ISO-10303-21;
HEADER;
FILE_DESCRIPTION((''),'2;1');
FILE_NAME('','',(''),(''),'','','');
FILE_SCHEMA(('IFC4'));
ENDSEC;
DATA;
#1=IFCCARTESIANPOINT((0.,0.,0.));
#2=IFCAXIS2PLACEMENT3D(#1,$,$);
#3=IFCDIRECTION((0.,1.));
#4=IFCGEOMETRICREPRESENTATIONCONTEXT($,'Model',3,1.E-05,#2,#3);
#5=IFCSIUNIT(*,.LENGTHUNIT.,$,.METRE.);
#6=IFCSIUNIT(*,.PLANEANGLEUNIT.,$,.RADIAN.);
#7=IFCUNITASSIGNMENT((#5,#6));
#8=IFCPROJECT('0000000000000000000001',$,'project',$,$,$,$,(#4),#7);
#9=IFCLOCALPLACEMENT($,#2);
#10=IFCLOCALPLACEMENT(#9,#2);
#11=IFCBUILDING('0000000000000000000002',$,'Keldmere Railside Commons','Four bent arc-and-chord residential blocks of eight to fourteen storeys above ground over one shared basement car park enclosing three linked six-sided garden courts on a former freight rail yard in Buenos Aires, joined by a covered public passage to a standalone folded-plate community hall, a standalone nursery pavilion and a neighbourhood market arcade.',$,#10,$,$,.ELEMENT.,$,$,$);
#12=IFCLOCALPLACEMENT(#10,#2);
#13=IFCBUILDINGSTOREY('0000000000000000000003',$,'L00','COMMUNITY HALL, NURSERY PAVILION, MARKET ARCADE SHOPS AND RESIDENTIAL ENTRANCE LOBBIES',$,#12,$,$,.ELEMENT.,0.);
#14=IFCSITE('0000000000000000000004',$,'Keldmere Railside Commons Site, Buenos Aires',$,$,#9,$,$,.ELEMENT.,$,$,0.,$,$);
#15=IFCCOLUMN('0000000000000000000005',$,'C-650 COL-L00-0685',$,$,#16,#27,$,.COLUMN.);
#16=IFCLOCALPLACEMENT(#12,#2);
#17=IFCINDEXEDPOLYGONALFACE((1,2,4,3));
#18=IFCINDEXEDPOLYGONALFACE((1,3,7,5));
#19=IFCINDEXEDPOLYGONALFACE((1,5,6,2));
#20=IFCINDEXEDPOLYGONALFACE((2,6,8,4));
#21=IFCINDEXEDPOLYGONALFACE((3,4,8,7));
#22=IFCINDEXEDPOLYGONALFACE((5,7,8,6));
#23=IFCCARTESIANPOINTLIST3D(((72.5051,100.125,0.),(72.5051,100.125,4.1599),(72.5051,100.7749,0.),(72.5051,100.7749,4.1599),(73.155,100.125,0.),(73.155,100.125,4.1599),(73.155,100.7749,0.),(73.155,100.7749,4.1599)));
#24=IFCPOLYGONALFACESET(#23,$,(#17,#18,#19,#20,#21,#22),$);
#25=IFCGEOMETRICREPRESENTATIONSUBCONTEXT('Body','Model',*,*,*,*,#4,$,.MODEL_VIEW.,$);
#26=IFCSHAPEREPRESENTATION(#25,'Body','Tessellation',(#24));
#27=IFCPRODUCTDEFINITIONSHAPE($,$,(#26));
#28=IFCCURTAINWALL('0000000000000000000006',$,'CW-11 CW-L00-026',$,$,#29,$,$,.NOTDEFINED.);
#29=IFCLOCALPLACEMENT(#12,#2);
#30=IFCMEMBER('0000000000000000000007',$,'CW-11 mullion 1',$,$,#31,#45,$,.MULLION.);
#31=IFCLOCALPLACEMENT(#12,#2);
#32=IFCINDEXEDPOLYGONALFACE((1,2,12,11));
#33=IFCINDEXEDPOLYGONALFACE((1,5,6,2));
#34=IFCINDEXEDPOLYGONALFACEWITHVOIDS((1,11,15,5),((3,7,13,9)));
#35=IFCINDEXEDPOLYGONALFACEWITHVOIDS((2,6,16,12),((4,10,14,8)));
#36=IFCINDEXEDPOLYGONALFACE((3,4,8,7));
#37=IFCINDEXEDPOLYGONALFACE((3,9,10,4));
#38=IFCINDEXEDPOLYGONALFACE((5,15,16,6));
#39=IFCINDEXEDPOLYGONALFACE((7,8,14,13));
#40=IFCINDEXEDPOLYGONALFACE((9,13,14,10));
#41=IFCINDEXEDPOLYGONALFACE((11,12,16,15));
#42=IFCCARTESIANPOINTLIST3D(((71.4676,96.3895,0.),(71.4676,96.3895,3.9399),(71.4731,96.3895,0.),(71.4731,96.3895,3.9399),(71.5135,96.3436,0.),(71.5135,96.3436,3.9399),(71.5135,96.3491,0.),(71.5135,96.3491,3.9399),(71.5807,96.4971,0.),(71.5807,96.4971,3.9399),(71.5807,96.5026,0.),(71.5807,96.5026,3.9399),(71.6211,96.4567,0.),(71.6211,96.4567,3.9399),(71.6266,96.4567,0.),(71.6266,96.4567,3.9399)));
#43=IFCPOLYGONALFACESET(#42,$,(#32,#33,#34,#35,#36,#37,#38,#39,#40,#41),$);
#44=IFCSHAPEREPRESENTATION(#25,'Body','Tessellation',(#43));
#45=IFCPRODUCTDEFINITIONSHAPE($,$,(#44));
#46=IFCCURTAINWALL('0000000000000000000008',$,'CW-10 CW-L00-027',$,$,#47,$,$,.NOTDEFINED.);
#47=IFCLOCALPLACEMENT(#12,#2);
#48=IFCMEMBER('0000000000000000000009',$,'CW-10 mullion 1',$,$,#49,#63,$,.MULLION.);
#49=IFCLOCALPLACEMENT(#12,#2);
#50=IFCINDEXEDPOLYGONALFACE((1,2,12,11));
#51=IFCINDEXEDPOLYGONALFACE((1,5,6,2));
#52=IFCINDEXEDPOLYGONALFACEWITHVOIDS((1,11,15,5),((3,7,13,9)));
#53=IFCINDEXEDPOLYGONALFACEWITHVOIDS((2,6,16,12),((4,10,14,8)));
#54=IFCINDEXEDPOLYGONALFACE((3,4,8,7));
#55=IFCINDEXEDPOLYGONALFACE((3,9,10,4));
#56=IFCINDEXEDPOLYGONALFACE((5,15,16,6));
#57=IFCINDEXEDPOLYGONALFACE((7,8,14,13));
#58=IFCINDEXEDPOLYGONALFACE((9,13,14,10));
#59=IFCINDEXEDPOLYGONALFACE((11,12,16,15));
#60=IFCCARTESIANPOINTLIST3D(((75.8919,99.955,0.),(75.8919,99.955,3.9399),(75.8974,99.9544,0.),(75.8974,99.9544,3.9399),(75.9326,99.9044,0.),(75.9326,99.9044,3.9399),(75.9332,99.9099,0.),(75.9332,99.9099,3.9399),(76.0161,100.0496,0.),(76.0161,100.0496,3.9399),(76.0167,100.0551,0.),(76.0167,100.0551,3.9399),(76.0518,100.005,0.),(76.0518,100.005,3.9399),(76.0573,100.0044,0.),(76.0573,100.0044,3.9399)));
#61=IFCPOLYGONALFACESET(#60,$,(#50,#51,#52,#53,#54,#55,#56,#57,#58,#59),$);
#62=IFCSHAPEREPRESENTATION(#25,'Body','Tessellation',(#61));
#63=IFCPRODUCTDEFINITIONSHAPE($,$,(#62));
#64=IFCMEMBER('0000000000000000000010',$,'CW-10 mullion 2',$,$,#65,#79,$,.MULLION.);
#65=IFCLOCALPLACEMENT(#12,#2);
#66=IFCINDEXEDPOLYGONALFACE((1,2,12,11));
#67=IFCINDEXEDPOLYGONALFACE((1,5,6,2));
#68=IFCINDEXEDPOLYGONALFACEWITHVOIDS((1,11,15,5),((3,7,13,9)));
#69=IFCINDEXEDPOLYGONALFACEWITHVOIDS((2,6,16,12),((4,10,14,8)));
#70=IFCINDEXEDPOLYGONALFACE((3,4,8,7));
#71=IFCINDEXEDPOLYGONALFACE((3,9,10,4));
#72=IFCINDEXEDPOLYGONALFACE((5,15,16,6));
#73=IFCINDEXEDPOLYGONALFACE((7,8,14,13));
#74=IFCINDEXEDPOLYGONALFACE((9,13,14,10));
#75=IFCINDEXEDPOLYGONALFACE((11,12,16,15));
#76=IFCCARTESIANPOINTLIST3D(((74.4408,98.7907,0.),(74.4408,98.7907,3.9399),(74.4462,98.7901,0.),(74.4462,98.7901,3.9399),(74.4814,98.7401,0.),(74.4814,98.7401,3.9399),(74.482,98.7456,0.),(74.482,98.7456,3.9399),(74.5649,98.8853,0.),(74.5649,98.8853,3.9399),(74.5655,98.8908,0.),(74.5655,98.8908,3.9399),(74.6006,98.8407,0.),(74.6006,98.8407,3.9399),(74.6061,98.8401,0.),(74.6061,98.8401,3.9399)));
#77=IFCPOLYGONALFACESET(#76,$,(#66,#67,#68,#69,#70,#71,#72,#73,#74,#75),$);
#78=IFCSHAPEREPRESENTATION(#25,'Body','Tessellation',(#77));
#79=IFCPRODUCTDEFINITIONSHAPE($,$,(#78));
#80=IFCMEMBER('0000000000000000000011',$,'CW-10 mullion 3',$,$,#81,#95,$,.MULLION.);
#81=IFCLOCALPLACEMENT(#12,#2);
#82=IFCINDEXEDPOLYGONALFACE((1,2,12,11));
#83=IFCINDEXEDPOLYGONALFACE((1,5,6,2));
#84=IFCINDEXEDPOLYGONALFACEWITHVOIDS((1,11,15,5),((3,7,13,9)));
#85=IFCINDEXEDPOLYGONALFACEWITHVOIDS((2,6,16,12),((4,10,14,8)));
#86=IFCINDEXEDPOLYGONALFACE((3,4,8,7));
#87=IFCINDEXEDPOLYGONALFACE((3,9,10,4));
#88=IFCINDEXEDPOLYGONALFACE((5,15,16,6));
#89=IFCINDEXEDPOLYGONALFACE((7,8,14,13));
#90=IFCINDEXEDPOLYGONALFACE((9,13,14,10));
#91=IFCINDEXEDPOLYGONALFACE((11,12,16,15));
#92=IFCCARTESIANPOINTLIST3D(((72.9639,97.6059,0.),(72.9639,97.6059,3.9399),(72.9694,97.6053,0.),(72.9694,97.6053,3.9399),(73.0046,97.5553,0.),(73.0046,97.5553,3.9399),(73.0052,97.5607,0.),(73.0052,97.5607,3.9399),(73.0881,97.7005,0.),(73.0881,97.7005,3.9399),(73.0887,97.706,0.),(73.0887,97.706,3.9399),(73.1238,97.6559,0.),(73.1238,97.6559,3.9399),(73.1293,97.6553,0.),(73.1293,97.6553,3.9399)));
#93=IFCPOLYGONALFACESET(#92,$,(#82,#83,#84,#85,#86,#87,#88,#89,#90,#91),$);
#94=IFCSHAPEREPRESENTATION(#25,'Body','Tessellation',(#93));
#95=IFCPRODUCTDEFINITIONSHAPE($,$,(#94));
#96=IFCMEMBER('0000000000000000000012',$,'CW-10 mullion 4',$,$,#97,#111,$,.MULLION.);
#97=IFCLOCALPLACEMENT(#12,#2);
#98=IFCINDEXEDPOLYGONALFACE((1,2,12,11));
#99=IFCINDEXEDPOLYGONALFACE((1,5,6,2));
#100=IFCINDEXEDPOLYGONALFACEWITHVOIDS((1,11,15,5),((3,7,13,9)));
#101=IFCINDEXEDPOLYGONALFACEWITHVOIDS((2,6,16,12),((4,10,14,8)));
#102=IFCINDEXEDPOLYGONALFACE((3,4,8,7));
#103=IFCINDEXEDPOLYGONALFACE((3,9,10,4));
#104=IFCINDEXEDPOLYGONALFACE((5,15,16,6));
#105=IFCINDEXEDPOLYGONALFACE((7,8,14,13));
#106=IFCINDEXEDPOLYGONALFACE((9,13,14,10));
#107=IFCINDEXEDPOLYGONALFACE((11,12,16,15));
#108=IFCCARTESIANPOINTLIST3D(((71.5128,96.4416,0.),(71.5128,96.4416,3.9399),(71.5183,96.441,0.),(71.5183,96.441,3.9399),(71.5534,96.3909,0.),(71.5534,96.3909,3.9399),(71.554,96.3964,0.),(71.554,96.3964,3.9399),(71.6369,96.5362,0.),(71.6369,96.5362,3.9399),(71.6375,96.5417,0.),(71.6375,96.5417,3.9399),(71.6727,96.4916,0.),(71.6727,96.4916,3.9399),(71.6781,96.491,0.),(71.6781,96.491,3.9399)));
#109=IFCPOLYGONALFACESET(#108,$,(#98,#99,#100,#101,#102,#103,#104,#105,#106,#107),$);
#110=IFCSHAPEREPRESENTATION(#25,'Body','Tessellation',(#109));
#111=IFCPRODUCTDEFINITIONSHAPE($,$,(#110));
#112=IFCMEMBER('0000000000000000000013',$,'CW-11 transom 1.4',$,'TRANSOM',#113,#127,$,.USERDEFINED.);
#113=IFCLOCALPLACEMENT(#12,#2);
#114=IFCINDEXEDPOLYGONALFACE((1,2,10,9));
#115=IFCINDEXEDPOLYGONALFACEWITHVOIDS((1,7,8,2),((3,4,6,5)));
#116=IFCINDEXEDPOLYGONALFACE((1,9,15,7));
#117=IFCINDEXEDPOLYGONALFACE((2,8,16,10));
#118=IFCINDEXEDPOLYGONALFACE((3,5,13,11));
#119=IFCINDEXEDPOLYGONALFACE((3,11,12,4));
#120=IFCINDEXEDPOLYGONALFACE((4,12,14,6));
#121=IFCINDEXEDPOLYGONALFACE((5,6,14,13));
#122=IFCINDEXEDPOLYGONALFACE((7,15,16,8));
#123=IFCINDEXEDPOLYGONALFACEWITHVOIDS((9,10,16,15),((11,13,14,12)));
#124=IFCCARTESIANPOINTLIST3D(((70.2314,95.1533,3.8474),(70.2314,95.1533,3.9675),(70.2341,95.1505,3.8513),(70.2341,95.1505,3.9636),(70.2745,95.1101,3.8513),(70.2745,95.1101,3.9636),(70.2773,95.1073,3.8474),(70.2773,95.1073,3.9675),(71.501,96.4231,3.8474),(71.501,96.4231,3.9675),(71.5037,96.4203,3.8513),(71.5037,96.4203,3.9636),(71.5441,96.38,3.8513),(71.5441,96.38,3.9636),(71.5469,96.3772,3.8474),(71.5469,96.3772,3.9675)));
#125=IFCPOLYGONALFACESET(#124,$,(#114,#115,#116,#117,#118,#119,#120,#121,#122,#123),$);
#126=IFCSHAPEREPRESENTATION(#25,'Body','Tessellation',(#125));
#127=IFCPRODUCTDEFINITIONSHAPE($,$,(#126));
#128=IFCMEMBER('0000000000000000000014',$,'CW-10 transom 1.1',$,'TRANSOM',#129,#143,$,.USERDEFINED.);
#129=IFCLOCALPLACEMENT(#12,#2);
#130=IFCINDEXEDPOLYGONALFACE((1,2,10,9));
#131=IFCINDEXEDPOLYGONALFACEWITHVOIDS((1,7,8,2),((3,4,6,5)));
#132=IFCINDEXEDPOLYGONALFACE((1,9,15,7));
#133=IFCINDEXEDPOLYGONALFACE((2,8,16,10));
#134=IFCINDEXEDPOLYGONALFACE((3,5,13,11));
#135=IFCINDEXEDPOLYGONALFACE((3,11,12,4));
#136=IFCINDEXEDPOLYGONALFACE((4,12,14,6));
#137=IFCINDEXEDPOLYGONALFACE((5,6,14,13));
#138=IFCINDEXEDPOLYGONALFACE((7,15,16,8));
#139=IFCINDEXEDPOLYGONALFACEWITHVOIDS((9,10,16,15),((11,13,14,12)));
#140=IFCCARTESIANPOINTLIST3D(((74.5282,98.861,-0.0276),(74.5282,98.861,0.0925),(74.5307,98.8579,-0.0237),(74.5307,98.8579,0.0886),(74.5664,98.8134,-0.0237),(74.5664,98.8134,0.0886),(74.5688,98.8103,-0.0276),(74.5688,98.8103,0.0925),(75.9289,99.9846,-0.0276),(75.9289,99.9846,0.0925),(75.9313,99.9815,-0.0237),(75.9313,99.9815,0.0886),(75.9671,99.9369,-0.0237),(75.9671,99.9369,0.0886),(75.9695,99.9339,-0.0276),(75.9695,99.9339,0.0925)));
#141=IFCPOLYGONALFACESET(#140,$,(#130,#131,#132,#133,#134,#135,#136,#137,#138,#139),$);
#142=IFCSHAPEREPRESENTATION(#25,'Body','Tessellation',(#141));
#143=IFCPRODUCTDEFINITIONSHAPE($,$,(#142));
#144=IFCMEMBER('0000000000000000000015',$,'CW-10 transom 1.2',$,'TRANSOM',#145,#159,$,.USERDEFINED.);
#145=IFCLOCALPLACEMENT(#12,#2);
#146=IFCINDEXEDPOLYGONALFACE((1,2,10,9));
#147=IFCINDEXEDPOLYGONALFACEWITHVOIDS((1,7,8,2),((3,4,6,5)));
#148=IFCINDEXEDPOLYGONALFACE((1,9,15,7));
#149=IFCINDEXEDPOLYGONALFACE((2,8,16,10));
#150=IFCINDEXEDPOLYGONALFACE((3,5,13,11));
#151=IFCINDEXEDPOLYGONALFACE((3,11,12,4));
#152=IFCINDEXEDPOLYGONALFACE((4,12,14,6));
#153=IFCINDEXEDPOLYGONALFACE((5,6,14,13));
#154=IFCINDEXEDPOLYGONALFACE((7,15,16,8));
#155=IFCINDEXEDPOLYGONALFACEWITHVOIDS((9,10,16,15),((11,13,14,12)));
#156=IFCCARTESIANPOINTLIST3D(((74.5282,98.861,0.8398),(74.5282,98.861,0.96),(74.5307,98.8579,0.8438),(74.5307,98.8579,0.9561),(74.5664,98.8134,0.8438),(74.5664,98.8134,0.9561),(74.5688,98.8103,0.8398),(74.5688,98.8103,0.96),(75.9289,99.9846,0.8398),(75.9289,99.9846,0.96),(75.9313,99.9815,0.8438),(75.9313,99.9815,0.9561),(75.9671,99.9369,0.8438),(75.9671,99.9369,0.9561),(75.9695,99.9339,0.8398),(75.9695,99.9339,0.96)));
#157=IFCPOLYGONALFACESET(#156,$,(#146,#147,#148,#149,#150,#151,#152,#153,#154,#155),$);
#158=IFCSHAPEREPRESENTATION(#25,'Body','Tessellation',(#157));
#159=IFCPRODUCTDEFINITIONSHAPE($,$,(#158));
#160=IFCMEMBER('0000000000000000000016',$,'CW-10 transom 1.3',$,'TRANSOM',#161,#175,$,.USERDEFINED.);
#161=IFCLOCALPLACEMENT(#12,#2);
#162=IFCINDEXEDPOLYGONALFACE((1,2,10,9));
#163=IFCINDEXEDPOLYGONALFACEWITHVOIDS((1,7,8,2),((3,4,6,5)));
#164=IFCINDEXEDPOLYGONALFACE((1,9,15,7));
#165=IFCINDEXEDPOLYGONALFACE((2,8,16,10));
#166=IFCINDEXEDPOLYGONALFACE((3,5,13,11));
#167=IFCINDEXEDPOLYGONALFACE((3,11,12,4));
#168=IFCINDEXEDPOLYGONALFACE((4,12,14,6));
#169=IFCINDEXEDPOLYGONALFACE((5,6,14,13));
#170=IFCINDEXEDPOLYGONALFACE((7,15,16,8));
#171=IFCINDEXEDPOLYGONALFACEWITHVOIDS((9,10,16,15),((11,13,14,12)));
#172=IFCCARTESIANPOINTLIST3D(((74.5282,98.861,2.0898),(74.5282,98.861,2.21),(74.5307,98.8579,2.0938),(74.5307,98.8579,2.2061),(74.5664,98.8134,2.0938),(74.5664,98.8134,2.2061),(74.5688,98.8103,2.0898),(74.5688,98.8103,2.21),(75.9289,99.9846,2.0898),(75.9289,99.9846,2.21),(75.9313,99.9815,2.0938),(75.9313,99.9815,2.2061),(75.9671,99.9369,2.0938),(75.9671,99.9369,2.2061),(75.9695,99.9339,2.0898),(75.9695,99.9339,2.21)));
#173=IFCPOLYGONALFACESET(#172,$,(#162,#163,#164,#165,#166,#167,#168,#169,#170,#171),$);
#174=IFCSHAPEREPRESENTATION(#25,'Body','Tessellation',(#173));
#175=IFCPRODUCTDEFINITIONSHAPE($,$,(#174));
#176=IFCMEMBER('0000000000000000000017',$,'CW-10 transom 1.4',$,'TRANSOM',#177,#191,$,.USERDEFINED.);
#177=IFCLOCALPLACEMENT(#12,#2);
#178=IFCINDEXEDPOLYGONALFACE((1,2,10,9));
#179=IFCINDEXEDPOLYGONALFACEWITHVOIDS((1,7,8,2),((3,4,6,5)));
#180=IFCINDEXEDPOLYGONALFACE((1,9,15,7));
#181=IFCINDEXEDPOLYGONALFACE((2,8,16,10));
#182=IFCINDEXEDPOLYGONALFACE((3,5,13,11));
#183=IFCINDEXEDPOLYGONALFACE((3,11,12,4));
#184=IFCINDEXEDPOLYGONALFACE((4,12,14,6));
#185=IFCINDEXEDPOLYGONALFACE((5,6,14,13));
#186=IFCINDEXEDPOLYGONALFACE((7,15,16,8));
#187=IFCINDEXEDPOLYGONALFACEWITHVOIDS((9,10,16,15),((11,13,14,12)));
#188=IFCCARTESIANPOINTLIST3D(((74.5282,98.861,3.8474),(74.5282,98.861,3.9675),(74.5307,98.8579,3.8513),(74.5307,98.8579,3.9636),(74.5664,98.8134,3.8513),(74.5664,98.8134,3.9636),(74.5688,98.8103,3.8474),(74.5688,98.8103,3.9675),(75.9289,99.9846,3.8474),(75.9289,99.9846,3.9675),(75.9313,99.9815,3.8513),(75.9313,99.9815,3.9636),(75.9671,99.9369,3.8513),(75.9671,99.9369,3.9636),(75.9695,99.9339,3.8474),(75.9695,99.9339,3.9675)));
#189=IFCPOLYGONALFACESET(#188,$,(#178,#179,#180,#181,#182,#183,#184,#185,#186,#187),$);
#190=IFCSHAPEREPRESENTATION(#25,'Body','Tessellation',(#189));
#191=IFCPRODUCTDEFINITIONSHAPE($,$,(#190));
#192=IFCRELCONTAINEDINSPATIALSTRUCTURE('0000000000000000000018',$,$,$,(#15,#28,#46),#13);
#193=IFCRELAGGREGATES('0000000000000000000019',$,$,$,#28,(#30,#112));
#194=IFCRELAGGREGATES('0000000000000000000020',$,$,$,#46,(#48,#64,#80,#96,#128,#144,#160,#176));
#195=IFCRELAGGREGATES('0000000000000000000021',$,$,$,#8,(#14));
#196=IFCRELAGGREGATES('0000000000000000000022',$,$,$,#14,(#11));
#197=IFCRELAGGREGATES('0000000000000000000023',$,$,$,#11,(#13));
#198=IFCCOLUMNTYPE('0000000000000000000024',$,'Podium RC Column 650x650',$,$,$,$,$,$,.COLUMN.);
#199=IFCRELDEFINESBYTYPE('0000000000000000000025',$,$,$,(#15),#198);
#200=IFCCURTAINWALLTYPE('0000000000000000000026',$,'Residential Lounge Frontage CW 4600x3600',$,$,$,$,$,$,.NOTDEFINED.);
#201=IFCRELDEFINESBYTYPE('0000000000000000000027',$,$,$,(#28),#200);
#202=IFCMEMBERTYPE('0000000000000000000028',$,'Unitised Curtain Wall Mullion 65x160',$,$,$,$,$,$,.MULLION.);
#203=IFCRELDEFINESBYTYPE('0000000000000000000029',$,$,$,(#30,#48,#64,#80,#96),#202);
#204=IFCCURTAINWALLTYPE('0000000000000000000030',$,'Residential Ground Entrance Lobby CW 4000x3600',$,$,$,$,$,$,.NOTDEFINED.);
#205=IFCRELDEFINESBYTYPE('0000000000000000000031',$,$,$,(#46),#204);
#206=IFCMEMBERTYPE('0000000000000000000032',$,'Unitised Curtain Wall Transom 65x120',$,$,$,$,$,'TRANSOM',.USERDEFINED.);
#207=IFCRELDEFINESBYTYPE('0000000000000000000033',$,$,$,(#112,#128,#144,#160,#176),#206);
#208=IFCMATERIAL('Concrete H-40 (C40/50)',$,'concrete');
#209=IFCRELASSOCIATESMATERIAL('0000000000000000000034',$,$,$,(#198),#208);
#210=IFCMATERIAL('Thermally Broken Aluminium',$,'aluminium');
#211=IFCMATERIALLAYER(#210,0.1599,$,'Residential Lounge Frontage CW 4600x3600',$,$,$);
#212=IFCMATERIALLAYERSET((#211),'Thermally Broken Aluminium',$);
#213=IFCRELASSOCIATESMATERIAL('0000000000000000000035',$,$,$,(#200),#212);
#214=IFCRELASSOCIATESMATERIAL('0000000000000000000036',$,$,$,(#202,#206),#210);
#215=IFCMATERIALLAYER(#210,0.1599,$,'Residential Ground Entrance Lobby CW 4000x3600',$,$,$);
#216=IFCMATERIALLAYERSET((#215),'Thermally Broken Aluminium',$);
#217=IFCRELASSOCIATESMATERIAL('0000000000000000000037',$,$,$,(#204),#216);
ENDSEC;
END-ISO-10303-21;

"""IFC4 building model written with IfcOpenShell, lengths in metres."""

from ifc_helpers import new_model, si_unit, direction, frame, origin, origin_2d, place, context, subcontext, project, spatial, rectangle, hollow_rectangle, extrude, material, layer, layer_set, material_profile, profile_set, type_object, element, aggregate, save


model = new_model("IFC4")

# Units and contexts
model_context = context("Model", 3, precision=1e-05, world=origin(), true_north=direction((0.0, 1.0)))
body_context = subcontext(model_context, "Body", "Model", "MODEL_VIEW")
ifc_project = project(units=[si_unit("LENGTHUNIT", "METRE"), si_unit("PLANEANGLEUNIT", "RADIAN")], contexts=[model_context])

# Site, building, storey
site_placement = place(None, origin())
site = spatial("IfcSite", under=ifc_project, at=site_placement, Name="Keldmere Railside Commons Site, Buenos Aires", CompositionType="ELEMENT", RefElevation=0.0)
building_placement = place(site_placement, origin())
building = spatial("IfcBuilding", under=site, at=building_placement, Name="Keldmere Railside Commons", Description="Four bent arc-and-chord residential blocks of eight to fourteen storeys above ground over one shared basement car park enclosing three linked six-sided garden courts on a former freight rail yard in Buenos Aires, joined by a covered public passage to a standalone folded-plate community hall, a standalone nursery pavilion and a neighbourhood market arcade.", CompositionType="ELEMENT")
storey_placement = place(building_placement, origin())
storey = spatial("IfcBuildingStorey", under=building, at=storey_placement, Name="L00", Description="COMMUNITY HALL, NURSERY PAVILION, MARKET ARCADE SHOPS AND RESIDENTIAL ENTRANCE LOBBIES", CompositionType="ELEMENT", Elevation=0.0)

# Column
ifc_material_1 = material(Name="Concrete H-40 (C40/50)", Category="concrete")
ifc_material_profile_1 = material_profile(ifc_material_1, rectangle(XDim=0.6499, YDim=0.6499, at=origin_2d()), Name="RC-650x650")
ifc_profile_set_1 = profile_set([ifc_material_profile_1], Name="Concrete H-40 (C40/50)")
column_type = type_object("IfcColumnType", Name="Podium RC Column 650x650", PredefinedType="COLUMN", material=ifc_profile_set_1)
column_placement = place(storey_placement, frame((72.8301, 100.45, 0.0), z_axis=(0.0, 0.0, 1.0), x_axis=(1.0, 0.0, 0.0)))
element("IfcColumn", 1, at=column_placement, inside=storey, type_object=column_type, Name="C-650 COL-L00-0685", PredefinedType="COLUMN", context=body_context, shape_type="SweptSolid", body=[
    extrude(rectangle(XDim=0.6499, YDim=0.6499, at=origin_2d()), origin(), (0.0, 0.0, 1.0), 4.1599),
])

# Curtain wall, member
ifc_material_2 = material(Name="Thermally Broken Aluminium", Category="aluminium")
ifc_layer_1 = layer(ifc_material_2, 0.1599, Name="Residential Lounge Frontage CW 4600x3600")
ifc_layer_set_1 = layer_set([ifc_layer_1], Name="Thermally Broken Aluminium")
curtain_wall_type_1 = type_object("IfcCurtainWallType", Name="Residential Lounge Frontage CW 4600x3600", PredefinedType="NOTDEFINED", material=ifc_layer_set_1)
curtain_wall_1_placement = place(storey_placement, origin())
curtain_wall_1 = element("IfcCurtainWall", 2, at=curtain_wall_1_placement, inside=storey, type_object=curtain_wall_type_1, Name="CW-11 CW-L00-026", PredefinedType="NOTDEFINED")
ifc_material_profile_2 = material_profile(ifc_material_2, hollow_rectangle(XDim=0.0649, YDim=0.1599, WallThickness=0.0039, at=origin_2d()), Name="ALU-MULL-65x160")
ifc_profile_set_2 = profile_set([ifc_material_profile_2], Name="Thermally Broken Aluminium")
member_type_1 = type_object("IfcMemberType", Name="Unitised Curtain Wall Mullion 65x160", PredefinedType="MULLION", material=ifc_profile_set_2)
member_1_placement = place(storey_placement, frame((71.5471, 96.4231, 0.0), z_axis=(0.0, 0.0, 1.0), x_axis=(0.707107, -0.707107, 0.0)))
member_1 = element("IfcMember", 3, at=member_1_placement, type_object=member_type_1, Name="CW-11 mullion 1", PredefinedType="MULLION", context=body_context, shape_type="SweptSolid", body=[
    extrude(hollow_rectangle(XDim=0.0649, YDim=0.1599, WallThickness=0.0039, at=origin_2d()), origin(), (0.0, 0.0, 1.0), 3.9399),
])

# Curtain wall, members
ifc_layer_2 = layer(ifc_material_2, 0.1599, Name="Residential Ground Entrance Lobby CW 4000x3600")
ifc_layer_set_2 = layer_set([ifc_layer_2], Name="Thermally Broken Aluminium")
curtain_wall_type_2 = type_object("IfcCurtainWallType", Name="Residential Ground Entrance Lobby CW 4000x3600", PredefinedType="NOTDEFINED", material=ifc_layer_set_2)
curtain_wall_2_placement = place(storey_placement, origin())
curtain_wall_2 = element("IfcCurtainWall", 4, at=curtain_wall_2_placement, inside=storey, type_object=curtain_wall_type_2, Name="CW-10 CW-L00-027", PredefinedType="NOTDEFINED")
member_2_placement = place(storey_placement, frame((75.9746, 99.9797, 0.0), z_axis=(0.0, 0.0, 1.0), x_axis=(0.625768, -0.780009, 0.0)))
member_2 = element("IfcMember", 5, at=member_2_placement, type_object=member_type_1, Name="CW-10 mullion 1", PredefinedType="MULLION", context=body_context, shape_type="SweptSolid", body=[
    extrude(hollow_rectangle(XDim=0.0649, YDim=0.1599, WallThickness=0.0039, at=origin_2d()), origin(), (0.0, 0.0, 1.0), 3.9399),
])
member_3_placement = place(storey_placement, frame((74.5234, 98.8154, 0.0), z_axis=(0.0, 0.0, 1.0), x_axis=(0.625768, -0.780009, 0.0)))
member_3 = element("IfcMember", 6, at=member_3_placement, type_object=member_type_1, Name="CW-10 mullion 2", PredefinedType="MULLION", context=body_context, shape_type="SweptSolid", body=[
    extrude(hollow_rectangle(XDim=0.0649, YDim=0.1599, WallThickness=0.0039, at=origin_2d()), origin(), (0.0, 0.0, 1.0), 3.9399),
])
member_4_placement = place(storey_placement, frame((73.0466, 97.6306, 0.0), z_axis=(0.0, 0.0, 1.0), x_axis=(0.625768, -0.780009, 0.0)))
member_4 = element("IfcMember", 7, at=member_4_placement, type_object=member_type_1, Name="CW-10 mullion 3", PredefinedType="MULLION", context=body_context, shape_type="SweptSolid", body=[
    extrude(hollow_rectangle(XDim=0.0649, YDim=0.1599, WallThickness=0.0039, at=origin_2d()), origin(), (0.0, 0.0, 1.0), 3.9399),
])
member_5_placement = place(storey_placement, frame((71.5955, 96.4663, 0.0), z_axis=(0.0, 0.0, 1.0), x_axis=(0.625768, -0.780009, 0.0)))
member_5 = element("IfcMember", 8, at=member_5_placement, type_object=member_type_1, Name="CW-10 mullion 4", PredefinedType="MULLION", context=body_context, shape_type="SweptSolid", body=[
    extrude(hollow_rectangle(XDim=0.0649, YDim=0.1599, WallThickness=0.0039, at=origin_2d()), origin(), (0.0, 0.0, 1.0), 3.9399),
])

# Members
ifc_material_profile_3 = material_profile(ifc_material_2, hollow_rectangle(XDim=0.0649, YDim=0.1201, WallThickness=0.0039, at=origin_2d()), Name="ALU-TRAN-65x120")
ifc_profile_set_3 = profile_set([ifc_material_profile_3], Name="Thermally Broken Aluminium")
member_type_2 = type_object("IfcMemberType", Name="Unitised Curtain Wall Transom 65x120", ElementType="TRANSOM", PredefinedType="USERDEFINED", material=ifc_profile_set_3)
member_6_placement = place(storey_placement, frame((71.5239, 96.4001, 3.9075), z_axis=(-0.707039, -0.707175, 0.0), x_axis=(0.707175, -0.707039, 0.0)))
member_6 = element("IfcMember", 9, at=member_6_placement, type_object=member_type_2, Name="CW-11 transom 1.4", ObjectType="TRANSOM", PredefinedType="USERDEFINED", context=body_context, shape_type="SweptSolid", body=[
    extrude(hollow_rectangle(XDim=0.0649, YDim=0.1201, WallThickness=0.0039, at=origin_2d()), origin(), (0.0, 0.0, 1.0), 1.7957),
])
aggregate(curtain_wall_1, [member_1, member_6])
member_7_placement = place(storey_placement, frame((75.9492, 99.9592, 0.0325), z_axis=(-0.780046, -0.625723, 0.0), x_axis=(0.625723, -0.780046, 0.0)))
member_7 = element("IfcMember", 10, at=member_7_placement, type_object=member_type_2, Name="CW-10 transom 1.1", ObjectType="TRANSOM", PredefinedType="USERDEFINED", context=body_context, shape_type="SweptSolid", body=[
    extrude(hollow_rectangle(XDim=0.0649, YDim=0.1201, WallThickness=0.0039, at=origin_2d()), origin(), (0.0, 0.0, 1.0), 1.7957),
])
member_8_placement = place(storey_placement, frame((75.9492, 99.9592, 0.8999), z_axis=(-0.780046, -0.625723, 0.0), x_axis=(0.625723, -0.780046, 0.0)))
member_8 = element("IfcMember", 11, at=member_8_placement, type_object=member_type_2, Name="CW-10 transom 1.2", ObjectType="TRANSOM", PredefinedType="USERDEFINED", context=body_context, shape_type="SweptSolid", body=[
    extrude(hollow_rectangle(XDim=0.0649, YDim=0.1201, WallThickness=0.0039, at=origin_2d()), origin(), (0.0, 0.0, 1.0), 1.7957),
])
member_9_placement = place(storey_placement, frame((75.9492, 99.9592, 2.1499), z_axis=(-0.780046, -0.625723, 0.0), x_axis=(0.625723, -0.780046, 0.0)))
member_9 = element("IfcMember", 12, at=member_9_placement, type_object=member_type_2, Name="CW-10 transom 1.3", ObjectType="TRANSOM", PredefinedType="USERDEFINED", context=body_context, shape_type="SweptSolid", body=[
    extrude(hollow_rectangle(XDim=0.0649, YDim=0.1201, WallThickness=0.0039, at=origin_2d()), origin(), (0.0, 0.0, 1.0), 1.7957),
])
member_10_placement = place(storey_placement, frame((75.9492, 99.9592, 3.9075), z_axis=(-0.780046, -0.625723, 0.0), x_axis=(0.625723, -0.780046, 0.0)))
member_10 = element("IfcMember", 13, at=member_10_placement, type_object=member_type_2, Name="CW-10 transom 1.4", ObjectType="TRANSOM", PredefinedType="USERDEFINED", context=body_context, shape_type="SweptSolid", body=[
    extrude(hollow_rectangle(XDim=0.0649, YDim=0.1201, WallThickness=0.0039, at=origin_2d()), origin(), (0.0, 0.0, 1.0), 1.7957),
])

aggregate(curtain_wall_2, [member_2, member_3, member_4, member_5, member_7, member_8, member_9, member_10])

save(model, "model.ifc")
